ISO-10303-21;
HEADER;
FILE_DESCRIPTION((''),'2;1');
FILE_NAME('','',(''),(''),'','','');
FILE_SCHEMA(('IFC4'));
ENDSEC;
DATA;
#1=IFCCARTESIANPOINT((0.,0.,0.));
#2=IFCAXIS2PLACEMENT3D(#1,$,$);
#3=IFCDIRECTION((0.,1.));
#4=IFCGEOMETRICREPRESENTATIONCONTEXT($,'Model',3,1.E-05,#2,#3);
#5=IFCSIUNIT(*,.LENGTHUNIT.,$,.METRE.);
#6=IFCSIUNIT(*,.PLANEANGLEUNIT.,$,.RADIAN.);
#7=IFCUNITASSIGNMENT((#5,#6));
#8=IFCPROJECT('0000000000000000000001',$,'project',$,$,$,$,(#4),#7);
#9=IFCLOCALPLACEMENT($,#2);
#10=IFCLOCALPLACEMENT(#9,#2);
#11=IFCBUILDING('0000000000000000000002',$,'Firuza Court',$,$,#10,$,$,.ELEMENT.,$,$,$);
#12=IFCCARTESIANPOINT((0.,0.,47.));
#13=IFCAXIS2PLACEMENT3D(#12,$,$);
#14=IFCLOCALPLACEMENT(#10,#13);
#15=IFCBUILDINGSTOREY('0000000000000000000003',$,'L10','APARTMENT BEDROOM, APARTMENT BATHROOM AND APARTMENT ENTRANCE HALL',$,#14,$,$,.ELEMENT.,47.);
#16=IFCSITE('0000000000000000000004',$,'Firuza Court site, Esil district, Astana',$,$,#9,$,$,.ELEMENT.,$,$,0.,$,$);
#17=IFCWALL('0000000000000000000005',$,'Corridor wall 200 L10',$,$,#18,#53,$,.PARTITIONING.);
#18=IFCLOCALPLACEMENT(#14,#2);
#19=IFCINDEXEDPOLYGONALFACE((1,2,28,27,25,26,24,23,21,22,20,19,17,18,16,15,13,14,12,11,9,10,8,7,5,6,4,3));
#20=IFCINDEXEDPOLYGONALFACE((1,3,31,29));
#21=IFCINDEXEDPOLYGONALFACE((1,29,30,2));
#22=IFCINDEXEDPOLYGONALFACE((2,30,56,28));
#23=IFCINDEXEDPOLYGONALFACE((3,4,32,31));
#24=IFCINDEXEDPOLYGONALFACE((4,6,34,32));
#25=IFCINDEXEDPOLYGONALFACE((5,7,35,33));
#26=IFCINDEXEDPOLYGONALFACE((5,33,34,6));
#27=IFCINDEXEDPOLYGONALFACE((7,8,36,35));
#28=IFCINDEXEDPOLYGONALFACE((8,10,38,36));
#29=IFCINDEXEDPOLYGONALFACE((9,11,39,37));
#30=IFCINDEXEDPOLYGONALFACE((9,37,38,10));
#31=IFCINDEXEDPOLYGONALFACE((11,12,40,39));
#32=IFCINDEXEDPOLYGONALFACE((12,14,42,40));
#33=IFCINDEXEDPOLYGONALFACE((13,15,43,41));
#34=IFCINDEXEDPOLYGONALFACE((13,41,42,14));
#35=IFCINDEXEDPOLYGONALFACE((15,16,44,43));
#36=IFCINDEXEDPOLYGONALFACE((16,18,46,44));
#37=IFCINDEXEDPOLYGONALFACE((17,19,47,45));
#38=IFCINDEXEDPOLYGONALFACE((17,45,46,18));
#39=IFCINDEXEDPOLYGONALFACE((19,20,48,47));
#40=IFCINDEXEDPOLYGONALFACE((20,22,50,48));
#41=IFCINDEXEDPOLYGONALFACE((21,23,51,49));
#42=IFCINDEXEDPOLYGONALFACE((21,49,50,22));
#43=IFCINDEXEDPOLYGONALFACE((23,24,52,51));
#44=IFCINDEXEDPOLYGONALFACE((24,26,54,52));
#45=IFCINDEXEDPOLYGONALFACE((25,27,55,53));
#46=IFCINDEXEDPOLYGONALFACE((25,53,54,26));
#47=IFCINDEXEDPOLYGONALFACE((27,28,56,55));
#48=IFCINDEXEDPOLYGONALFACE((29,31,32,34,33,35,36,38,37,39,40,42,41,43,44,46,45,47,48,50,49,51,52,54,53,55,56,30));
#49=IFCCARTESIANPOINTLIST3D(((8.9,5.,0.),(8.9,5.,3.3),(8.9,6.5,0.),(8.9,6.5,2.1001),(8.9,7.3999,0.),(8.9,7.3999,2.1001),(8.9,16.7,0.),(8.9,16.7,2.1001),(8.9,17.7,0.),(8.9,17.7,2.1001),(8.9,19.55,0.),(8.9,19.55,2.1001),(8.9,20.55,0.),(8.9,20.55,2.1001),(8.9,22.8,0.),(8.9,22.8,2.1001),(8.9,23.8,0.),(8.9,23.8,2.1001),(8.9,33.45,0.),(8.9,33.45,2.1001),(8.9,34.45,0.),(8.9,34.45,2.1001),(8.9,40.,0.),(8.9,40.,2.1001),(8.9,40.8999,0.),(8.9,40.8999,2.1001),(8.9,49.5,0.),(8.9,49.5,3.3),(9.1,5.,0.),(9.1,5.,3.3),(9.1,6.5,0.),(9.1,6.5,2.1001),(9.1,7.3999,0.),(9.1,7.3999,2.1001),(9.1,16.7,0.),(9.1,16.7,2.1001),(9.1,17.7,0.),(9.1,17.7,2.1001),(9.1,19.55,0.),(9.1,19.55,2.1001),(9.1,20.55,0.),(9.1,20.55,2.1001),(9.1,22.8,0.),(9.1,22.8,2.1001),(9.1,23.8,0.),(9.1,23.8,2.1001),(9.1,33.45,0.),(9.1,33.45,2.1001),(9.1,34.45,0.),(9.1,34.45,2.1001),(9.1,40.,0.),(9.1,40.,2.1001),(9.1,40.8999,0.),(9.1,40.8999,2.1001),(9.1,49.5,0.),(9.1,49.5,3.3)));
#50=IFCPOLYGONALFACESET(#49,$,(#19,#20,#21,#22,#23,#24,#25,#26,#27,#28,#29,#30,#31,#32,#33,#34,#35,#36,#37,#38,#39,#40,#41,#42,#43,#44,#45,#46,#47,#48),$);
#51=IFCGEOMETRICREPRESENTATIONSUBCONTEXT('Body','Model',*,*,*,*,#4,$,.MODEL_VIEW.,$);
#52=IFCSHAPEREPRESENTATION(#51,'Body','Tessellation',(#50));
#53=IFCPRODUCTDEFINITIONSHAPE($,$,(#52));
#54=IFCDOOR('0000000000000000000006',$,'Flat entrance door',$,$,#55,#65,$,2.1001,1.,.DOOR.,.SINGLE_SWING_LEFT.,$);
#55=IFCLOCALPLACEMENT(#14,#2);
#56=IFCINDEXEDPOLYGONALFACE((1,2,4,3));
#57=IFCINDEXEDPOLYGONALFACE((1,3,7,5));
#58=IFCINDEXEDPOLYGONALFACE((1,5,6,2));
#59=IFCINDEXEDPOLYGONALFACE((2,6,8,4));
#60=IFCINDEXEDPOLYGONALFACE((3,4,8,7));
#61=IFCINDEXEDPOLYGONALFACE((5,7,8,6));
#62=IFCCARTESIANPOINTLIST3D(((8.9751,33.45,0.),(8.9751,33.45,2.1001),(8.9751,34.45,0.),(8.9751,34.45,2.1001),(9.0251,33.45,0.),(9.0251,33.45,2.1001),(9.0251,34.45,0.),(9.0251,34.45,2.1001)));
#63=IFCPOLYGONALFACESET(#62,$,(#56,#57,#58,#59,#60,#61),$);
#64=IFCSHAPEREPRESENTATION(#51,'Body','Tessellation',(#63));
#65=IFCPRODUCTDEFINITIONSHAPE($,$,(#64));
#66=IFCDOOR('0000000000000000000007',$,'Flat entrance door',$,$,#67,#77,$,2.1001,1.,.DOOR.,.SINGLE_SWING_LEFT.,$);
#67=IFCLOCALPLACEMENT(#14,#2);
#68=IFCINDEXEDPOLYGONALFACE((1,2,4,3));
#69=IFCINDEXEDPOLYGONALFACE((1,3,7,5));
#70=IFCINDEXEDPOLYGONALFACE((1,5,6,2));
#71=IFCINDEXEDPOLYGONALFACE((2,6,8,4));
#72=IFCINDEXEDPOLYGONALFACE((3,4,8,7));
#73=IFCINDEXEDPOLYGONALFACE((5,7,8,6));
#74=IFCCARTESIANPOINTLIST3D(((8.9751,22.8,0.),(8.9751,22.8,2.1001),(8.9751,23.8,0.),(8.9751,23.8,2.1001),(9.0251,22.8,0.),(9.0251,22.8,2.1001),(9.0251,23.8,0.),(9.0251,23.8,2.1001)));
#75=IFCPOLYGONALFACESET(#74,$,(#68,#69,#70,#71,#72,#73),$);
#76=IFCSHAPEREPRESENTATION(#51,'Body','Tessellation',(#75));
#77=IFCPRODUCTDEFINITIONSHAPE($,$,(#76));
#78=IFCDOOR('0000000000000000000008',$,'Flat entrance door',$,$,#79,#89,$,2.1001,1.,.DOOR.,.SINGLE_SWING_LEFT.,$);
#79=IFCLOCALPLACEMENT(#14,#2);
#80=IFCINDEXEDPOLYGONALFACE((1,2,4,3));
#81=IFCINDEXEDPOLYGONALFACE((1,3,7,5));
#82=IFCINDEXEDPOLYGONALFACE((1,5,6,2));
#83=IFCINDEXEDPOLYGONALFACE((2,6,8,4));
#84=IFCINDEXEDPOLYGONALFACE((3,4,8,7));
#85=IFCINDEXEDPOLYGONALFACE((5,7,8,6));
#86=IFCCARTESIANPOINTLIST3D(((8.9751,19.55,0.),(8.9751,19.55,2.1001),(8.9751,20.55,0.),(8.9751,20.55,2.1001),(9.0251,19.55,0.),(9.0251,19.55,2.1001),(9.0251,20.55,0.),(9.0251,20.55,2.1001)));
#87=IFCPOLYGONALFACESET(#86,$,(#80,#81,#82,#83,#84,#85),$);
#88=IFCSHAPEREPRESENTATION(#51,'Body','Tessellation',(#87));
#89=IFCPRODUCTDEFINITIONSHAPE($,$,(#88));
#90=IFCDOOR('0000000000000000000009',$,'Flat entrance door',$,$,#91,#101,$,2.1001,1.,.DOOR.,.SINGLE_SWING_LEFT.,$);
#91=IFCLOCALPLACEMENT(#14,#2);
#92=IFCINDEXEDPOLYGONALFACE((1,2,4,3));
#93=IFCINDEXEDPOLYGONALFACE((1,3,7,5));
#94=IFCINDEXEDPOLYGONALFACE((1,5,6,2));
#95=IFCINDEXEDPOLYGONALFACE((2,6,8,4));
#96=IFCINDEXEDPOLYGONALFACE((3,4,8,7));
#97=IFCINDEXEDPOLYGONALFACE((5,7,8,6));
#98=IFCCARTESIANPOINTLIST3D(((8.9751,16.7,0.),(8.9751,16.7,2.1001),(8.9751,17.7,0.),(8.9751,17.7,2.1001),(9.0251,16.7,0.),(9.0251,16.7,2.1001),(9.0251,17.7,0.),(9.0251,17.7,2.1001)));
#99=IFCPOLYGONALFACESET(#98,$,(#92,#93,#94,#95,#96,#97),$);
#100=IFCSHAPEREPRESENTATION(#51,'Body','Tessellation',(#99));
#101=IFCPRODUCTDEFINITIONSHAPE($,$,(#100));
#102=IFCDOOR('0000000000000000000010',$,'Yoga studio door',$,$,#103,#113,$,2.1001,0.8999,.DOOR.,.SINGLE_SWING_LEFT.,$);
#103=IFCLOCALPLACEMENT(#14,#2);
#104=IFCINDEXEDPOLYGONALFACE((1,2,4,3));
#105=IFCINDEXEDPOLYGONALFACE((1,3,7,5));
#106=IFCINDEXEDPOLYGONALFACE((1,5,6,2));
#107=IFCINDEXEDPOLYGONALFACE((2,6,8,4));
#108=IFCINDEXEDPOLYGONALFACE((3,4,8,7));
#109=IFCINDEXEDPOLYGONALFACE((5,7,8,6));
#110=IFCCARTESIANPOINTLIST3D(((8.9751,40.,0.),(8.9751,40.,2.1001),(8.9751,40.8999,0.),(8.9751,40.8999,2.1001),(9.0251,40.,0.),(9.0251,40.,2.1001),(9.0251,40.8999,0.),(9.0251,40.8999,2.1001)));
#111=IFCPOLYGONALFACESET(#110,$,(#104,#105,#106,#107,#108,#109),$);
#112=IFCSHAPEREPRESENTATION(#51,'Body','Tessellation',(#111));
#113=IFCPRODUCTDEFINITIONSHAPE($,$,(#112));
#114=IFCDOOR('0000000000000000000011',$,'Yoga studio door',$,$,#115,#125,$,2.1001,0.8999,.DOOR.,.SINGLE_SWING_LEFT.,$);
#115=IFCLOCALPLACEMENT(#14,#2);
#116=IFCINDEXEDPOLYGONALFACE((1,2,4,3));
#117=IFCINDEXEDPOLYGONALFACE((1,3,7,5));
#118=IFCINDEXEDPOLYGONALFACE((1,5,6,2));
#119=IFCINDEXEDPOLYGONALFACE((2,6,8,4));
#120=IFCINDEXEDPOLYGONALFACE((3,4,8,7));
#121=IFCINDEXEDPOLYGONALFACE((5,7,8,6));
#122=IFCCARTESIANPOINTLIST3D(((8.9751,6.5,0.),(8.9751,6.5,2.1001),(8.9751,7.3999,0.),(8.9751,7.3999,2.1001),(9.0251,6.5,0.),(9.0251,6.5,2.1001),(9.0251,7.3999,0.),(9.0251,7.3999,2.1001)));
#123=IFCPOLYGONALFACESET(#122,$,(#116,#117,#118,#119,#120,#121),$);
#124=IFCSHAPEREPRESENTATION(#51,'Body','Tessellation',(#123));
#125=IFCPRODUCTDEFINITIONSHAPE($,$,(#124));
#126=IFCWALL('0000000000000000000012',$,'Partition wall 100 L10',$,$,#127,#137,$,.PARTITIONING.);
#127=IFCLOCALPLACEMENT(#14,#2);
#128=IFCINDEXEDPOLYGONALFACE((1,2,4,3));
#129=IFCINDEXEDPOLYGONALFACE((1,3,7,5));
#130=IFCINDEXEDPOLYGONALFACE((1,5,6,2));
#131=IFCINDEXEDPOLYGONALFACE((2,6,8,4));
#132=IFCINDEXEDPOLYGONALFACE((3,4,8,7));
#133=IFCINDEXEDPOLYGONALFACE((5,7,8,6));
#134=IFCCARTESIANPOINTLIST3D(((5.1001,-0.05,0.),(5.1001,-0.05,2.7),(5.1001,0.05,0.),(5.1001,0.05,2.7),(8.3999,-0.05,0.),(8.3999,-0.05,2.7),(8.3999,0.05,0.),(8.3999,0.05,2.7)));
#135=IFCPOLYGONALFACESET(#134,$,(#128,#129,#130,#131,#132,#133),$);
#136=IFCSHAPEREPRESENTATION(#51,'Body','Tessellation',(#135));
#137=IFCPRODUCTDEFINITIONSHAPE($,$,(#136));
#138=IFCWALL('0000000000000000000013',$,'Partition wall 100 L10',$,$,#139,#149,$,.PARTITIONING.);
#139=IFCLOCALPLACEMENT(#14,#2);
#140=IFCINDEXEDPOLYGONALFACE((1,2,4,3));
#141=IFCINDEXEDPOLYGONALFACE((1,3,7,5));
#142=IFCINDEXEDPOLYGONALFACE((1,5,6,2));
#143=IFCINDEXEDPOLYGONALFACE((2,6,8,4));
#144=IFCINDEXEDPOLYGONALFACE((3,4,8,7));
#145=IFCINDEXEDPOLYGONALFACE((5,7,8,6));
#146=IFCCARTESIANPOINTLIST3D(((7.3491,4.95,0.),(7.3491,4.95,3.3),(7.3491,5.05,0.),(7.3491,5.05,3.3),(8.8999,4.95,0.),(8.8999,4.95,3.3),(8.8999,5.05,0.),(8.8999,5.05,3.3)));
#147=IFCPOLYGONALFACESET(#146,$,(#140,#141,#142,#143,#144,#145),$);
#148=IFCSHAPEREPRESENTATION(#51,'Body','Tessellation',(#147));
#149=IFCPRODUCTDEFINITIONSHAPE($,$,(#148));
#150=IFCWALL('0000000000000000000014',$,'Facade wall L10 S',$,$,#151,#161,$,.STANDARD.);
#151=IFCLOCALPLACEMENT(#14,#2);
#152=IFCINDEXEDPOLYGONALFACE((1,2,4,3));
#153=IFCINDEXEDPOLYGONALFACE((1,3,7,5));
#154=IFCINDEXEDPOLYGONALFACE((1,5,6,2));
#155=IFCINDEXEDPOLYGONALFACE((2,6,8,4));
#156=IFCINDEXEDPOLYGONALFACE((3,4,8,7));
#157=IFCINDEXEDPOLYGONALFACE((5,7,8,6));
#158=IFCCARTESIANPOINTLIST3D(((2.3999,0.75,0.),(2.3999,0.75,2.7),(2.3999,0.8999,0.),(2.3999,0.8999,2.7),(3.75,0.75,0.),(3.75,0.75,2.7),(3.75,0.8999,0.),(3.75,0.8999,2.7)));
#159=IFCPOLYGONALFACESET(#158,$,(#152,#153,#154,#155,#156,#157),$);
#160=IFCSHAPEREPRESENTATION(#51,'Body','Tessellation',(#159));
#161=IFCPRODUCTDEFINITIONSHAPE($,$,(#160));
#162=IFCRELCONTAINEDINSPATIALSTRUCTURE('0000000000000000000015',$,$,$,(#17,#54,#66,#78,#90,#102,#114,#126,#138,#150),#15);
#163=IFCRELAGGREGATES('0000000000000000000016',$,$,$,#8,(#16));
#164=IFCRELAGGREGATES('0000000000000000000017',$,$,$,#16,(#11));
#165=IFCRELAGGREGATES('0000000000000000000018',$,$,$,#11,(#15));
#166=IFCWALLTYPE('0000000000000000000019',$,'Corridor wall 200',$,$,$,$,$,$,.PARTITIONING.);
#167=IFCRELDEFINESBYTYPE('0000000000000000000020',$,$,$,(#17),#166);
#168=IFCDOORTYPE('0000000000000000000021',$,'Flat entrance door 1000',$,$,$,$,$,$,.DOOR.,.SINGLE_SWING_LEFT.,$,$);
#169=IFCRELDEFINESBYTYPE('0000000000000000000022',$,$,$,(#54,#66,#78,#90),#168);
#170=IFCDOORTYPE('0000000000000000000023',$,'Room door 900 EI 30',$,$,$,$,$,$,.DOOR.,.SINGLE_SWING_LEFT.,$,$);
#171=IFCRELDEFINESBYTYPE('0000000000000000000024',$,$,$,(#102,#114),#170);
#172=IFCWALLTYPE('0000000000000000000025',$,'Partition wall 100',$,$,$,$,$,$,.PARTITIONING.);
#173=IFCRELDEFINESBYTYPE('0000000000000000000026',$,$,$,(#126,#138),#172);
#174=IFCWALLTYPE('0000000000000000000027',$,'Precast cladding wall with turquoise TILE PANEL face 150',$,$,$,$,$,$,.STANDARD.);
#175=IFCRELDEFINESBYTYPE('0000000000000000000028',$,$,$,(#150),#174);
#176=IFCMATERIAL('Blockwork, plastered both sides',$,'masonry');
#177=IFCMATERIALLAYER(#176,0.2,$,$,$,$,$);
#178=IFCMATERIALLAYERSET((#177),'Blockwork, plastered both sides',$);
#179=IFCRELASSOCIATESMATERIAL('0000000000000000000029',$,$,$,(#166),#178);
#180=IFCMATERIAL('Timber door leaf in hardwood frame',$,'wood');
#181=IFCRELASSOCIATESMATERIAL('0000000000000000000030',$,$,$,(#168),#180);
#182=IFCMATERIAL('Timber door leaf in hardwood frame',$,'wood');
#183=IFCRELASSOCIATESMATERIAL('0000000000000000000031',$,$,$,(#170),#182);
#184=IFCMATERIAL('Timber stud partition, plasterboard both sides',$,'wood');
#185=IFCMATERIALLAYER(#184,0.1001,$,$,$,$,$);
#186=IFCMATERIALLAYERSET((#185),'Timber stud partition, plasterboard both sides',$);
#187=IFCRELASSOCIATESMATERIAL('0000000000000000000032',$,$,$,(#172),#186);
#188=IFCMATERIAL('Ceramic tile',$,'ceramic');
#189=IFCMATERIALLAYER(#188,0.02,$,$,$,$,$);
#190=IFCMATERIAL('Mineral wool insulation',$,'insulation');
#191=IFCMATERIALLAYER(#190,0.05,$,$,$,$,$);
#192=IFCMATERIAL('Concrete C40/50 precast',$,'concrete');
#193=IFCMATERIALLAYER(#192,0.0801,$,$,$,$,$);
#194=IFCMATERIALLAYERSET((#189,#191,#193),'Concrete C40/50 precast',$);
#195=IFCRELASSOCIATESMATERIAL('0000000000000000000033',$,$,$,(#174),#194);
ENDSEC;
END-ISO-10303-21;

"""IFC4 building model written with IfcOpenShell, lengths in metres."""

from ifc_helpers import new_model, si_unit, direction, frame, frame_2d, origin, place, context, subcontext, project, spatial, rectangle, extrude, material, layer, layer_set, type_object, element, fill, save


model = new_model("IFC4")

# Units and contexts
model_context = context("Model", 3, precision=1e-05, world=origin(), true_north=direction((0.0, 1.0)))
body_context = subcontext(model_context, "Body", "Model", "MODEL_VIEW")
ifc_project = project(units=[si_unit("LENGTHUNIT", "METRE"), si_unit("PLANEANGLEUNIT", "RADIAN")], contexts=[model_context])

# Site, building, storey
site_placement = place(None, origin())
site = spatial("IfcSite", under=ifc_project, at=site_placement, Name="Firuza Court site, Esil district, Astana", CompositionType="ELEMENT", RefElevation=0.0)
building_placement = place(site_placement, origin())
building = spatial("IfcBuilding", under=site, at=building_placement, Name="Firuza Court", CompositionType="ELEMENT")
storey_placement = place(building_placement, frame((0.0, 0.0, 47.0)))
storey = spatial("IfcBuildingStorey", under=building, at=storey_placement, Name="L10", Description="APARTMENT BEDROOM, APARTMENT BATHROOM AND APARTMENT ENTRANCE HALL", CompositionType="ELEMENT", Elevation=47.0)

# Wall, openings, doors
ifc_material_1 = material(Name="Blockwork, plastered both sides", Category="masonry")
ifc_layer_1 = layer(ifc_material_1, 0.2)
ifc_layer_set_1 = layer_set([ifc_layer_1], Name="Blockwork, plastered both sides")
wall_type_1 = type_object("IfcWallType", Name="Corridor wall 200", PredefinedType="PARTITIONING", material=ifc_layer_set_1)
wall_1_placement = place(storey_placement, frame((9.0, 5.0, 0.0), z_axis=(0.0, 0.0, 1.0), x_axis=(0.0, 1.0, 0.0)))
wall_1 = element("IfcWall", 1, at=wall_1_placement, inside=storey, type_object=wall_type_1, Name="Corridor wall 200 L10", PredefinedType="PARTITIONING", context=body_context, shape_type="SweptSolid", body=[
    extrude(rectangle(XDim=44.5, YDim=0.2, at=frame_2d((22.25, 0.0))), origin(), (0.0, 0.0, 1.0), 3.3),
])
opening_1_placement = place(wall_1_placement, frame((28.45, 0.0, 0.0)))
opening_1 = element("IfcOpeningElement", 2, at=opening_1_placement, cuts=wall_1, PredefinedType="OPENING", context=body_context, shape_type="SweptSolid", body=[
    extrude(rectangle(XDim=1.0, YDim=2.1001, at=frame_2d((0.5, 1.05))), frame((0.0, 0.1118, 0.0), z_axis=(0.0, -1.0, 0.0), x_axis=(1.0, 0.0, 0.0)), (0.0, 0.0, 1.0), 0.2239),
])
opening_2_placement = place(wall_1_placement, frame((17.8, 0.0, 0.0)))
opening_2 = element("IfcOpeningElement", 3, at=opening_2_placement, cuts=wall_1, PredefinedType="OPENING", context=body_context, shape_type="SweptSolid", body=[
    extrude(rectangle(XDim=1.0, YDim=2.1001, at=frame_2d((0.5, 1.05))), frame((0.0, 0.1118, 0.0), z_axis=(0.0, -1.0, 0.0), x_axis=(1.0, 0.0, 0.0)), (0.0, 0.0, 1.0), 0.2239),
])
opening_3_placement = place(wall_1_placement, frame((14.55, 0.0, 0.0)))
opening_3 = element("IfcOpeningElement", 4, at=opening_3_placement, cuts=wall_1, PredefinedType="OPENING", context=body_context, shape_type="SweptSolid", body=[
    extrude(rectangle(XDim=1.0, YDim=2.1001, at=frame_2d((0.5, 1.05))), frame((0.0, 0.1118, 0.0), z_axis=(0.0, -1.0, 0.0), x_axis=(1.0, 0.0, 0.0)), (0.0, 0.0, 1.0), 0.2239),
])
opening_4_placement = place(wall_1_placement, frame((11.7, 0.0, 0.0)))
opening_4 = element("IfcOpeningElement", 5, at=opening_4_placement, cuts=wall_1, PredefinedType="OPENING", context=body_context, shape_type="SweptSolid", body=[
    extrude(rectangle(XDim=1.0, YDim=2.1001, at=frame_2d((0.5, 1.05))), frame((0.0, 0.1118, 0.0), z_axis=(0.0, -1.0, 0.0), x_axis=(1.0, 0.0, 0.0)), (0.0, 0.0, 1.0), 0.2239),
])
opening_5_placement = place(wall_1_placement, frame((35.0, 0.0, 0.0)))
opening_5 = element("IfcOpeningElement", 6, at=opening_5_placement, cuts=wall_1, PredefinedType="OPENING", context=body_context, shape_type="SweptSolid", body=[
    extrude(rectangle(XDim=0.8999, YDim=2.1001, at=frame_2d((0.45, 1.05))), frame((0.0, 0.1118, 0.0), z_axis=(0.0, -1.0, 0.0), x_axis=(1.0, 0.0, 0.0)), (0.0, 0.0, 1.0), 0.2239),
])
opening_6_placement = place(wall_1_placement, frame((1.5, 0.0, 0.0)))
opening_6 = element("IfcOpeningElement", 7, at=opening_6_placement, cuts=wall_1, PredefinedType="OPENING", context=body_context, shape_type="SweptSolid", body=[
    extrude(rectangle(XDim=0.8999, YDim=2.1001, at=frame_2d((0.45, 1.05))), frame((0.0, 0.1118, 0.0), z_axis=(0.0, -1.0, 0.0), x_axis=(1.0, 0.0, 0.0)), (0.0, 0.0, 1.0), 0.2239),
])
ifc_material_2 = material(Name="Timber door leaf in hardwood frame", Category="wood")
door_type_1 = type_object("IfcDoorType", Name="Flat entrance door 1000", OperationType="SINGLE_SWING_LEFT", PredefinedType="DOOR", material=ifc_material_2)
door_1_placement = place(opening_1_placement, origin())
door_1 = element("IfcDoor", 8, at=door_1_placement, inside=storey, type_object=door_type_1, Name="Flat entrance door", OperationType="SINGLE_SWING_LEFT", OverallHeight=2.1001, OverallWidth=1.0, PredefinedType="DOOR", context=body_context, shape_type="SweptSolid", body=[
    extrude(rectangle(XDim=1.0, YDim=2.1001, at=frame_2d((0.5, 1.05))), frame((0.0, 0.0249, 0.0), z_axis=(0.0, -1.0, 0.0), x_axis=(1.0, 0.0, 0.0)), (0.0, 0.0, 1.0), 0.05),
])
fill(opening_1, door_1)
door_2_placement = place(opening_2_placement, origin())
door_2 = element("IfcDoor", 9, at=door_2_placement, inside=storey, type_object=door_type_1, Name="Flat entrance door", OperationType="SINGLE_SWING_LEFT", OverallHeight=2.1001, OverallWidth=1.0, PredefinedType="DOOR", context=body_context, shape_type="SweptSolid", body=[
    extrude(rectangle(XDim=1.0, YDim=2.1001, at=frame_2d((0.5, 1.05))), frame((0.0, 0.0249, 0.0), z_axis=(0.0, -1.0, 0.0), x_axis=(1.0, 0.0, 0.0)), (0.0, 0.0, 1.0), 0.05),
])
fill(opening_2, door_2)
door_3_placement = place(opening_3_placement, origin())
door_3 = element("IfcDoor", 10, at=door_3_placement, inside=storey, type_object=door_type_1, Name="Flat entrance door", OperationType="SINGLE_SWING_LEFT", OverallHeight=2.1001, OverallWidth=1.0, PredefinedType="DOOR", context=body_context, shape_type="SweptSolid", body=[
    extrude(rectangle(XDim=1.0, YDim=2.1001, at=frame_2d((0.5, 1.05))), frame((0.0, 0.0249, 0.0), z_axis=(0.0, -1.0, 0.0), x_axis=(1.0, 0.0, 0.0)), (0.0, 0.0, 1.0), 0.05),
])
fill(opening_3, door_3)
door_4_placement = place(opening_4_placement, origin())
door_4 = element("IfcDoor", 11, at=door_4_placement, inside=storey, type_object=door_type_1, Name="Flat entrance door", OperationType="SINGLE_SWING_LEFT", OverallHeight=2.1001, OverallWidth=1.0, PredefinedType="DOOR", context=body_context, shape_type="SweptSolid", body=[
    extrude(rectangle(XDim=1.0, YDim=2.1001, at=frame_2d((0.5, 1.05))), frame((0.0, 0.0249, 0.0), z_axis=(0.0, -1.0, 0.0), x_axis=(1.0, 0.0, 0.0)), (0.0, 0.0, 1.0), 0.05),
])
fill(opening_4, door_4)
ifc_material_3 = material(Name="Timber door leaf in hardwood frame", Category="wood")
door_type_2 = type_object("IfcDoorType", Name="Room door 900 EI 30", OperationType="SINGLE_SWING_LEFT", PredefinedType="DOOR", material=ifc_material_3)
door_5_placement = place(opening_5_placement, origin())
door_5 = element("IfcDoor", 12, at=door_5_placement, inside=storey, type_object=door_type_2, Name="Yoga studio door", OperationType="SINGLE_SWING_LEFT", OverallHeight=2.1001, OverallWidth=0.8999, PredefinedType="DOOR", context=body_context, shape_type="SweptSolid", body=[
    extrude(rectangle(XDim=0.8999, YDim=2.1001, at=frame_2d((0.45, 1.05))), frame((0.0, 0.0249, 0.0), z_axis=(0.0, -1.0, 0.0), x_axis=(1.0, 0.0, 0.0)), (0.0, 0.0, 1.0), 0.05),
])
fill(opening_5, door_5)
door_6_placement = place(opening_6_placement, origin())
door_6 = element("IfcDoor", 13, at=door_6_placement, inside=storey, type_object=door_type_2, Name="Yoga studio door", OperationType="SINGLE_SWING_LEFT", OverallHeight=2.1001, OverallWidth=0.8999, PredefinedType="DOOR", context=body_context, shape_type="SweptSolid", body=[
    extrude(rectangle(XDim=0.8999, YDim=2.1001, at=frame_2d((0.45, 1.05))), frame((0.0, 0.0249, 0.0), z_axis=(0.0, -1.0, 0.0), x_axis=(1.0, 0.0, 0.0)), (0.0, 0.0, 1.0), 0.05),
])
fill(opening_6, door_6)

# Walls
ifc_material_4 = material(Name="Timber stud partition, plasterboard both sides", Category="wood")
ifc_layer_2 = layer(ifc_material_4, 0.1001)
ifc_layer_set_2 = layer_set([ifc_layer_2], Name="Timber stud partition, plasterboard both sides")
wall_type_2 = type_object("IfcWallType", Name="Partition wall 100", PredefinedType="PARTITIONING", material=ifc_layer_set_2)
wall_2_placement = place(storey_placement, frame((5.1001, 0.0, 0.0), z_axis=(0.0, 0.0, 1.0), x_axis=(1.0, 0.0, 0.0)))
element("IfcWall", 14, at=wall_2_placement, inside=storey, type_object=wall_type_2, Name="Partition wall 100 L10", PredefinedType="PARTITIONING", context=body_context, shape_type="SweptSolid", body=[
    extrude(rectangle(XDim=3.2998, YDim=0.1001, at=frame_2d((1.6499, 0.0))), origin(), (0.0, 0.0, 1.0), 2.7),
])
wall_3_placement = place(storey_placement, frame((7.3491, 5.0, 0.0), z_axis=(0.0, 0.0, 1.0), x_axis=(1.0, 0.0, 0.0)))
element("IfcWall", 15, at=wall_3_placement, inside=storey, type_object=wall_type_2, Name="Partition wall 100 L10", PredefinedType="PARTITIONING", context=body_context, shape_type="SweptSolid", body=[
    extrude(rectangle(XDim=1.5508, YDim=0.1001, at=frame_2d((0.7754, 0.0))), origin(), (0.0, 0.0, 1.0), 3.3),
])
ifc_material_5 = material(Name="Ceramic tile", Category="ceramic")
ifc_layer_3 = layer(ifc_material_5, 0.02)
ifc_material_6 = material(Name="Mineral wool insulation", Category="insulation")
ifc_layer_4 = layer(ifc_material_6, 0.05)
ifc_material_7 = material(Name="Concrete C40/50 precast", Category="concrete")
ifc_layer_5 = layer(ifc_material_7, 0.0801)
ifc_layer_set_3 = layer_set([ifc_layer_3, ifc_layer_4, ifc_layer_5], Name="Concrete C40/50 precast")
wall_type_3 = type_object("IfcWallType", Name="Precast cladding wall with turquoise TILE PANEL face 150", PredefinedType="STANDARD", material=ifc_layer_set_3)
wall_4_placement = place(storey_placement, frame((2.3999, 0.825, 0.0), z_axis=(0.0, 0.0, 1.0), x_axis=(1.0, 0.0, 0.0)))
element("IfcWall", 16, at=wall_4_placement, inside=storey, type_object=wall_type_3, Name="Facade wall L10 S", PredefinedType="STANDARD", context=body_context, shape_type="SweptSolid", body=[
    extrude(rectangle(XDim=1.3501, YDim=0.1499, at=frame_2d((0.675, 0.0))), origin(), (0.0, 0.0, 1.0), 2.7),
])

save(model, "model.ifc")
